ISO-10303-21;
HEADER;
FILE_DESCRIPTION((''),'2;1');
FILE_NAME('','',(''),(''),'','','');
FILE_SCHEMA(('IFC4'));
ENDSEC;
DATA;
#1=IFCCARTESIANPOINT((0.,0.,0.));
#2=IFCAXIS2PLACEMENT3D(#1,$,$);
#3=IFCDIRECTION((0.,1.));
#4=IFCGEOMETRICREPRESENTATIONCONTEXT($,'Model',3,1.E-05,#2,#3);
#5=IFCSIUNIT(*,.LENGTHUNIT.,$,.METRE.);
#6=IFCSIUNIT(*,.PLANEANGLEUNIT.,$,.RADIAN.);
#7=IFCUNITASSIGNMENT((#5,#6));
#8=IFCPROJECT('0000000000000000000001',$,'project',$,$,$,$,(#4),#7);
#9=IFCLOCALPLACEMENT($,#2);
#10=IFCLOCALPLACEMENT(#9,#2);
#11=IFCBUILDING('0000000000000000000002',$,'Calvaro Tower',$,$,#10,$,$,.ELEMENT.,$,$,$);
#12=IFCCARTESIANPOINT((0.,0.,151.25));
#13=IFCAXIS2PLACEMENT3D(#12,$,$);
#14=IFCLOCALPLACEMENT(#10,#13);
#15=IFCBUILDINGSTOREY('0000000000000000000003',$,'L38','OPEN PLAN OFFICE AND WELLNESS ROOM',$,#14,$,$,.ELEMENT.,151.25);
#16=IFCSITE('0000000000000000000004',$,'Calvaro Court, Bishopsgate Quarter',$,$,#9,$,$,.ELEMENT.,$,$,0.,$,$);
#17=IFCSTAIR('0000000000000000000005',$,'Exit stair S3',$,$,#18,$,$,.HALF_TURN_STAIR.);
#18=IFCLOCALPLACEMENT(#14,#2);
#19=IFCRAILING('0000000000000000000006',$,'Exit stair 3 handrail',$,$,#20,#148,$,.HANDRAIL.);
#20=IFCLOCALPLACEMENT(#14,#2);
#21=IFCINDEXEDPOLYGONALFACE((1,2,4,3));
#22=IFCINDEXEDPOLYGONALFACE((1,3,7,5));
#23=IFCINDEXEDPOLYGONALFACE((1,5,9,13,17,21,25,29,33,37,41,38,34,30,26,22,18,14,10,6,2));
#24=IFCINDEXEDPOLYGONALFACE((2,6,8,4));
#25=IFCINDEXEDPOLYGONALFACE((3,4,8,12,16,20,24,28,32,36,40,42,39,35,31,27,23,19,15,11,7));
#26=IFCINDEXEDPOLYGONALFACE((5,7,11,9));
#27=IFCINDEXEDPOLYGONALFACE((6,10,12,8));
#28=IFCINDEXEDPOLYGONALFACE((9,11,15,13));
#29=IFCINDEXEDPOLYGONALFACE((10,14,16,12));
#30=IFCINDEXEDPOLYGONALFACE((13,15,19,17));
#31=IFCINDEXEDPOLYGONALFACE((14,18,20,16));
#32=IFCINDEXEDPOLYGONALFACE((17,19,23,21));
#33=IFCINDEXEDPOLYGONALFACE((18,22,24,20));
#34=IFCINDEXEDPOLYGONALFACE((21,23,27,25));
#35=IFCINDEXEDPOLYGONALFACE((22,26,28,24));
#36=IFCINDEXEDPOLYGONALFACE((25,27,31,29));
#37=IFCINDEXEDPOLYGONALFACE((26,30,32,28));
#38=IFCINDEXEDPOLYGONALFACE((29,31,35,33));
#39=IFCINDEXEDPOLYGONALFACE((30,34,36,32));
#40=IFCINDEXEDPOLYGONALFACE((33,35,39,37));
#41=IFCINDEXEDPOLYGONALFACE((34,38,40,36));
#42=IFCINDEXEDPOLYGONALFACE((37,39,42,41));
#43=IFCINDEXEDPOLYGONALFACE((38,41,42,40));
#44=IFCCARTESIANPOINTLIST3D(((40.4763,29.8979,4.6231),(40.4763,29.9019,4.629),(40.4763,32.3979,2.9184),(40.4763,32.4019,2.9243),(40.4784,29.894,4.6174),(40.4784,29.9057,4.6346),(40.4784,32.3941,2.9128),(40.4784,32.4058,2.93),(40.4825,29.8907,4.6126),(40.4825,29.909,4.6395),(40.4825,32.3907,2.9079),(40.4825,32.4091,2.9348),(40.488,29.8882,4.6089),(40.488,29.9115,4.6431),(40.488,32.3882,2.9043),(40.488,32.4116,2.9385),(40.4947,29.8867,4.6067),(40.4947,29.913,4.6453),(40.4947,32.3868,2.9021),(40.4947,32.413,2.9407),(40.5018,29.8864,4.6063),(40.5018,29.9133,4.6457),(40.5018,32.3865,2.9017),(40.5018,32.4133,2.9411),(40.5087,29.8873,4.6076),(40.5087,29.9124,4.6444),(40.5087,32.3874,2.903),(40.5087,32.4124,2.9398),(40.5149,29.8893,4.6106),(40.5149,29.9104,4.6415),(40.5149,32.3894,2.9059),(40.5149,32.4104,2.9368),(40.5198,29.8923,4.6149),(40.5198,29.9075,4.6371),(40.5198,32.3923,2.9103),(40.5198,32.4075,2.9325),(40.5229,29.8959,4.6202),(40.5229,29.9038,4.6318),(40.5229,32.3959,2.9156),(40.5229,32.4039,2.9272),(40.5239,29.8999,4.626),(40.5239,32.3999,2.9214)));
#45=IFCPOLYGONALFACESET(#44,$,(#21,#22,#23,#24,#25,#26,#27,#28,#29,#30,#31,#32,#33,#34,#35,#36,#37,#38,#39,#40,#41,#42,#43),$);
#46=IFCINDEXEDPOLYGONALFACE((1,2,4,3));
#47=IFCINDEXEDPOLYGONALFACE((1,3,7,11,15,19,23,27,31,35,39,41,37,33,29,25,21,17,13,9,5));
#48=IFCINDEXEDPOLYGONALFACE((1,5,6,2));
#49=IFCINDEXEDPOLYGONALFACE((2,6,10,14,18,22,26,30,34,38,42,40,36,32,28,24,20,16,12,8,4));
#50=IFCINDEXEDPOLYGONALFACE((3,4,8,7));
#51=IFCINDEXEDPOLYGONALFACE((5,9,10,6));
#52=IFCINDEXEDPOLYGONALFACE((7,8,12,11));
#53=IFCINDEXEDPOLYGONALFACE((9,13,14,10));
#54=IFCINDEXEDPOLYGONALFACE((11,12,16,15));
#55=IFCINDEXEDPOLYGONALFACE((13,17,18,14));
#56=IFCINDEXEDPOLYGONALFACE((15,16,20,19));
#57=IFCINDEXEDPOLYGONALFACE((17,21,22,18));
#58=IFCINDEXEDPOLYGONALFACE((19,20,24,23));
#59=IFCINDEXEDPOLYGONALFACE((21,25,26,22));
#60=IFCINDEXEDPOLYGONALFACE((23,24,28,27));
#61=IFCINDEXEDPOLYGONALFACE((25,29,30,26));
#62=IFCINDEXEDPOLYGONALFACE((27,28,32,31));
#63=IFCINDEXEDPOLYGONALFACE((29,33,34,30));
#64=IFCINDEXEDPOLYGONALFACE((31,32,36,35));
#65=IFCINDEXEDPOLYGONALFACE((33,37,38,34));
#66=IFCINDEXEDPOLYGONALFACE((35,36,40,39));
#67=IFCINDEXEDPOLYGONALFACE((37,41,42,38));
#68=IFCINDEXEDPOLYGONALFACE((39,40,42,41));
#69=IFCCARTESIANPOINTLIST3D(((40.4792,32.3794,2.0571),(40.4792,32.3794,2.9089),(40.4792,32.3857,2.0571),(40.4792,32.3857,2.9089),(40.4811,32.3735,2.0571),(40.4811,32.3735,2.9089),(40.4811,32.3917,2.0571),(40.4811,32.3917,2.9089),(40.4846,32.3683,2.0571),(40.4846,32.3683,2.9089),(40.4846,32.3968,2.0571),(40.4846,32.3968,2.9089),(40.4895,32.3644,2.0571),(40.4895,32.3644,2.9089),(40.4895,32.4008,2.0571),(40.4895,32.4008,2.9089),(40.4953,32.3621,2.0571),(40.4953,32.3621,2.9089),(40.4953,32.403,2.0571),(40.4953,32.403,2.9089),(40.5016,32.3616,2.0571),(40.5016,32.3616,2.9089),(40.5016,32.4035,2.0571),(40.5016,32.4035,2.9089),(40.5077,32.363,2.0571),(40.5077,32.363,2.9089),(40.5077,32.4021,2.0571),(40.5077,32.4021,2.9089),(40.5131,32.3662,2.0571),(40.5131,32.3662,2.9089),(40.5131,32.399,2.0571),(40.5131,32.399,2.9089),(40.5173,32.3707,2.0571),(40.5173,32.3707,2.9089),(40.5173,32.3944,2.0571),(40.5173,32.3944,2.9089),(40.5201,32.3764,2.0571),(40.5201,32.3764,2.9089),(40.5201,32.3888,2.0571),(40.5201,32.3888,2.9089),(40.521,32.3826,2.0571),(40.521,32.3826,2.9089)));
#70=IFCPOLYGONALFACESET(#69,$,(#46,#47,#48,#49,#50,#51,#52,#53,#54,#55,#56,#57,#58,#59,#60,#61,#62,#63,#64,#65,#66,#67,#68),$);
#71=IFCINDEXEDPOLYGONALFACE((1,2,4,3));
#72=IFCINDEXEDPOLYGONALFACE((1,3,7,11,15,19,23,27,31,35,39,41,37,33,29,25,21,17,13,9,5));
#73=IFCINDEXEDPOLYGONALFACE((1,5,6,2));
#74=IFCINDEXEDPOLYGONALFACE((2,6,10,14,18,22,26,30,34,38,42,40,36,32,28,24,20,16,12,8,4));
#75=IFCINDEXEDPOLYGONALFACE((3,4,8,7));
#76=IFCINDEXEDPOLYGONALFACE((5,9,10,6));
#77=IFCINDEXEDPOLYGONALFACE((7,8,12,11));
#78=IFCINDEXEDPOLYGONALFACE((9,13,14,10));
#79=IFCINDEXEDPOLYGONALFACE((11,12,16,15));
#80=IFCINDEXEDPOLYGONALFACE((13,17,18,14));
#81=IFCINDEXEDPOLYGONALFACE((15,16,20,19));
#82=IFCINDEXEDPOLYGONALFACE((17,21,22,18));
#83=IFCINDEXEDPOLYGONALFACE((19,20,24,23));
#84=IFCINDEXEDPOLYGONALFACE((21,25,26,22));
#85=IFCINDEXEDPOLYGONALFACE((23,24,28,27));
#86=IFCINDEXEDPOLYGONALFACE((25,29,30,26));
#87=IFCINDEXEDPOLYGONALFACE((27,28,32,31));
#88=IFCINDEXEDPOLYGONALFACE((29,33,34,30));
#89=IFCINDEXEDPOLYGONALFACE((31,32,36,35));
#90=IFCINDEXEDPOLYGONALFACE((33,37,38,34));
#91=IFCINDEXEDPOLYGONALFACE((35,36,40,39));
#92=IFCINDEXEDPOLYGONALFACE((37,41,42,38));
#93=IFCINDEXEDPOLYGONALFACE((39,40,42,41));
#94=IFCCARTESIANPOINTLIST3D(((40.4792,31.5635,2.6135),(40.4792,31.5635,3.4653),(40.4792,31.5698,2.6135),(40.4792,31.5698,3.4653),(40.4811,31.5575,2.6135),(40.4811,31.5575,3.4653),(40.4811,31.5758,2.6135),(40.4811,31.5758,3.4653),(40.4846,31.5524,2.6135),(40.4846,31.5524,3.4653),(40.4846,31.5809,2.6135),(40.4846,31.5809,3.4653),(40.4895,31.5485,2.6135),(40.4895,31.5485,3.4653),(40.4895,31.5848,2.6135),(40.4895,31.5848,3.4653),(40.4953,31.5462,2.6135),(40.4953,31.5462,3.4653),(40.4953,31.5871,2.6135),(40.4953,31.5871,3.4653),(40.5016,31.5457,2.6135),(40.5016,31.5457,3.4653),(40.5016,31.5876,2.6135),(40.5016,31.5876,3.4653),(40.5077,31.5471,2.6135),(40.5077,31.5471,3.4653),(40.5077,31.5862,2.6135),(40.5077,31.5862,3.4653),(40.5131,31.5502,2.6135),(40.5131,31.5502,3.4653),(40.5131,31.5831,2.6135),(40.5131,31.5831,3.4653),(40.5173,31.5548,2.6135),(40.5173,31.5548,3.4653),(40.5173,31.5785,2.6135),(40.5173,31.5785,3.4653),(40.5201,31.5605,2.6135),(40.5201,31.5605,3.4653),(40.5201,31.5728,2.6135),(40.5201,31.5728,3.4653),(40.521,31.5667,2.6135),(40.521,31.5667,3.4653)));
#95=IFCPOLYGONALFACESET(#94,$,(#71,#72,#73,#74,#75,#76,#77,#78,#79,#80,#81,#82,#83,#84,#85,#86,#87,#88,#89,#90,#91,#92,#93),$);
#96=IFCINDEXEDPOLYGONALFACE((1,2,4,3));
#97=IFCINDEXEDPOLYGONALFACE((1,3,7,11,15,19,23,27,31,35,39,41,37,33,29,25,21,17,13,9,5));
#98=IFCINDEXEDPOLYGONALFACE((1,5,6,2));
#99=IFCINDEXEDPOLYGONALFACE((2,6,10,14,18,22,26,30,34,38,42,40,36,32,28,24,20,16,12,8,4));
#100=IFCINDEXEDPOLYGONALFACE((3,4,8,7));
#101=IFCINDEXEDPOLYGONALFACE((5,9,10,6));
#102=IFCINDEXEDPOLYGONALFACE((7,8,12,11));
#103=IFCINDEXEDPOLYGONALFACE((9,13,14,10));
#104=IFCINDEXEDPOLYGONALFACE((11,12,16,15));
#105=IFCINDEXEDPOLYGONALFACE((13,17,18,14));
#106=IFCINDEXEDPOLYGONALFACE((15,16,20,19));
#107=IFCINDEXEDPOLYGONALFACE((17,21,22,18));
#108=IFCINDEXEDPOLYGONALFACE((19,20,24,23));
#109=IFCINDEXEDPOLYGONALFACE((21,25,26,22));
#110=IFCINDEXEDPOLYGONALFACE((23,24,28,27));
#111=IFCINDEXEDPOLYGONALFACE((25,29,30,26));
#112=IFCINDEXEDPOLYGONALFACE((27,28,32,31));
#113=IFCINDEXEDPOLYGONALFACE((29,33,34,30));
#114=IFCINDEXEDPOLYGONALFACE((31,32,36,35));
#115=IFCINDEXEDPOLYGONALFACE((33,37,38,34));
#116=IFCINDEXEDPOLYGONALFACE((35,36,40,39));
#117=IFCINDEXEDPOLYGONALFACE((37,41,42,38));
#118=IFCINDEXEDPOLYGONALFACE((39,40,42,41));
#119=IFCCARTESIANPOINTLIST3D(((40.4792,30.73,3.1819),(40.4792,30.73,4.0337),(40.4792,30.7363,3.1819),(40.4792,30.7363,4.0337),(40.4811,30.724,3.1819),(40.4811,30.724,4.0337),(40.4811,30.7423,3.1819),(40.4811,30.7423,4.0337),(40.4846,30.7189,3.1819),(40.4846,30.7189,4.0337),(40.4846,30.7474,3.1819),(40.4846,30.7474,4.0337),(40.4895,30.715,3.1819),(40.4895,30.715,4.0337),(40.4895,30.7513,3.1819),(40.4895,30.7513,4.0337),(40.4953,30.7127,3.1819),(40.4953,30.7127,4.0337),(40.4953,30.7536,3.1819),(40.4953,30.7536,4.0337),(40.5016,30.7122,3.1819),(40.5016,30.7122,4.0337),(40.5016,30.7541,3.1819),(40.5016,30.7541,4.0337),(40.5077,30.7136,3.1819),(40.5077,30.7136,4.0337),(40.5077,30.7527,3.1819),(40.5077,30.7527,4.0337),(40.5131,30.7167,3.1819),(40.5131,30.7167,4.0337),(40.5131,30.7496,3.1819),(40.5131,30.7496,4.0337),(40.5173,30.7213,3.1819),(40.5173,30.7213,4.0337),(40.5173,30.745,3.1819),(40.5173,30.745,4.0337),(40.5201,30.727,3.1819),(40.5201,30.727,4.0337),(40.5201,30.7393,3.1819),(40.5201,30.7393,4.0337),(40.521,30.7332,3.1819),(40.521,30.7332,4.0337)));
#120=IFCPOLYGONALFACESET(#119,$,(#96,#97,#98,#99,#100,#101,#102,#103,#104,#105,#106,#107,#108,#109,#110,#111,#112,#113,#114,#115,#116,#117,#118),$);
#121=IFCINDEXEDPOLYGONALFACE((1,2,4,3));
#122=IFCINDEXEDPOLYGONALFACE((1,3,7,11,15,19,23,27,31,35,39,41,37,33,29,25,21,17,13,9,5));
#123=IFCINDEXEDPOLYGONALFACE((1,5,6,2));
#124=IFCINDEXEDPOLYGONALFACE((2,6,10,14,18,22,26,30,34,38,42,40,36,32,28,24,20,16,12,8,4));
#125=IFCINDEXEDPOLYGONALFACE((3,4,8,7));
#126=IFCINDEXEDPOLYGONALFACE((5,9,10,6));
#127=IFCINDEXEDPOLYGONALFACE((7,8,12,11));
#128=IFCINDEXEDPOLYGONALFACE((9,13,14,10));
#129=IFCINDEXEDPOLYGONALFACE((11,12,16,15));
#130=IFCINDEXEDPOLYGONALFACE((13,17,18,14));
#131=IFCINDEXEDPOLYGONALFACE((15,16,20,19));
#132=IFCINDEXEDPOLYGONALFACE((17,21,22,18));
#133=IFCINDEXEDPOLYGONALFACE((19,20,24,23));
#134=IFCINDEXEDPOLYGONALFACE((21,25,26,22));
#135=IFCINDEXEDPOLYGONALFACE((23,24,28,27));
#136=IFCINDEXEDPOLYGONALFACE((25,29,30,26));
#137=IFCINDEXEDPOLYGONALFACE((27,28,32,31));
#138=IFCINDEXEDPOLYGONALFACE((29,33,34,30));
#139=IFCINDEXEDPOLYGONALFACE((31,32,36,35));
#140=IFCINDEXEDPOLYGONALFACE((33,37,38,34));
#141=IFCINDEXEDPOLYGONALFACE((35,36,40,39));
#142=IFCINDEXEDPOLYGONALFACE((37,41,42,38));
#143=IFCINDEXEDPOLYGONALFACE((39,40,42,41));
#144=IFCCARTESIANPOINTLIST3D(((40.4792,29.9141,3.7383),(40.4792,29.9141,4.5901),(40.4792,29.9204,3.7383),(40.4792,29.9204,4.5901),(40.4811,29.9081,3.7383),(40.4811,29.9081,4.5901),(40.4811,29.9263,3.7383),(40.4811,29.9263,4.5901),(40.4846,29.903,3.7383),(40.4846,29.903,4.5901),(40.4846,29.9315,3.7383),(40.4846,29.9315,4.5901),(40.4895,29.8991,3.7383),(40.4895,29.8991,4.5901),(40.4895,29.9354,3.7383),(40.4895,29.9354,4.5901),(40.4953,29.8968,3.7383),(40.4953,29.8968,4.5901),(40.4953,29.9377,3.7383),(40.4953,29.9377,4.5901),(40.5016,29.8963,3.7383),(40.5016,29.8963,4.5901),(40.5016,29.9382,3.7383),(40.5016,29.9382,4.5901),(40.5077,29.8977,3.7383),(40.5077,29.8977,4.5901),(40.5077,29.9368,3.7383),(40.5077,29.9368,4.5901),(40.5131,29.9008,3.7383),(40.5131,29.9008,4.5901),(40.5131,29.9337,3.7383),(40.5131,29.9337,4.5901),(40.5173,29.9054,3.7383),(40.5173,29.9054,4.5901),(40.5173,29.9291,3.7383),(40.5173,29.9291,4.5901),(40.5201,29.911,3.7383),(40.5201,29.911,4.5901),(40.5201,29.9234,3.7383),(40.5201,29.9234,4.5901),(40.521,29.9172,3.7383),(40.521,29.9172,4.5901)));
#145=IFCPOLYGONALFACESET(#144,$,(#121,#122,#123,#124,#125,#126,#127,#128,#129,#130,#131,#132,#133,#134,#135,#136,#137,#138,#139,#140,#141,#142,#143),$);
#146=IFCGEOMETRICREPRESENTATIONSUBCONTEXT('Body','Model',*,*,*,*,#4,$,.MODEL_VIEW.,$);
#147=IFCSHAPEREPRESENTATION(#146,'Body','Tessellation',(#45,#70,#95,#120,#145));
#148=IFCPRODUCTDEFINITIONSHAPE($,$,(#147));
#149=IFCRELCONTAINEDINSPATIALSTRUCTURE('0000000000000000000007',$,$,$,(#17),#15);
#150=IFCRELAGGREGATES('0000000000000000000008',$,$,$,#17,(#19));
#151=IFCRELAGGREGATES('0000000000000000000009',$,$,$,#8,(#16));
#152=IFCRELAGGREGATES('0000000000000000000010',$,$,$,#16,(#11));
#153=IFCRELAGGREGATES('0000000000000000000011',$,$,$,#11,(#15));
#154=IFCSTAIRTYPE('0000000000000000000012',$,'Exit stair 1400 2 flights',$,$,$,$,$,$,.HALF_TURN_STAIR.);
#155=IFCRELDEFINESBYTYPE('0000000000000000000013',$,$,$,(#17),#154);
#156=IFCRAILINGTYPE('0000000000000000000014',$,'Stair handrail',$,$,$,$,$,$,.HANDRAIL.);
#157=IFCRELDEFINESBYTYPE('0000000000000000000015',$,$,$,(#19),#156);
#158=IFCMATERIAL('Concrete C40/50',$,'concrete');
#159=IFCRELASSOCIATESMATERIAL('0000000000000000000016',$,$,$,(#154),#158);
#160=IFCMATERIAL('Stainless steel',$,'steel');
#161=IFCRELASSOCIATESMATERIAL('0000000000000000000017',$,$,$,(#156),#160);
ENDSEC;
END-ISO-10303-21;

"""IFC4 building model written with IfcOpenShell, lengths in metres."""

from ifc_helpers import new_model, si_unit, direction, frame, origin, origin_2d, place, context, subcontext, project, spatial, circle, extrude, material, type_object, element, aggregate, save


model = new_model("IFC4")

# Units and contexts
model_context = context("Model", 3, precision=1e-05, world=origin(), true_north=direction((0.0, 1.0)))
body_context = subcontext(model_context, "Body", "Model", "MODEL_VIEW")
ifc_project = project(units=[si_unit("LENGTHUNIT", "METRE"), si_unit("PLANEANGLEUNIT", "RADIAN")], contexts=[model_context])

# Site, building, storey
site_placement = place(None, origin())
site = spatial("IfcSite", under=ifc_project, at=site_placement, Name="Calvaro Court, Bishopsgate Quarter", CompositionType="ELEMENT", RefElevation=0.0)
building_placement = place(site_placement, origin())
building = spatial("IfcBuilding", under=site, at=building_placement, Name="Calvaro Tower", CompositionType="ELEMENT")
storey_placement = place(building_placement, frame((0.0, 0.0, 151.25)))
storey = spatial("IfcBuildingStorey", under=building, at=storey_placement, Name="L38", Description="OPEN PLAN OFFICE AND WELLNESS ROOM", CompositionType="ELEMENT", Elevation=151.25)

# Stair
ifc_material_1 = material(Name="Concrete C40/50", Category="concrete")
stair_type = type_object("IfcStairType", Name="Exit stair 1400 2 flights", PredefinedType="HALF_TURN_STAIR", material=ifc_material_1)
stair_1_placement = place(storey_placement, origin())
stair_1 = element("IfcStair", 1, at=stair_1_placement, inside=storey, type_object=stair_type, Name="Exit stair S3", PredefinedType="HALF_TURN_STAIR")

# Railing
ifc_material_2 = material(Name="Stainless steel", Category="steel")
railing_type = type_object("IfcRailingType", Name="Stair handrail", PredefinedType="HANDRAIL", material=ifc_material_2)
railing_1_placement = place(storey_placement, frame((40.5, 32.3999, 2.0454)))
railing_1 = element("IfcRailing", 2, at=railing_1_placement, type_object=railing_type, Name="Exit stair 3 handrail", PredefinedType="HANDRAIL", context=body_context, shape_type="SweptSolid", body=[
    extrude(circle(Radius=0.0239, at=origin_2d()), frame((0.0, 0.0, 0.876), z_axis=(0.0, -0.826221, 0.563347), x_axis=(1.0, 0.0, 0.0)), (0.0, 0.0, 1.0), 3.0259),
    extrude(circle(Radius=0.021, at=origin_2d()), frame((0.0, -0.0173, 0.0117)), (0.0, 0.0, 1.0), 0.8518),
    extrude(circle(Radius=0.021, at=origin_2d()), frame((0.0, -0.8333, 0.5681)), (0.0, 0.0, 1.0), 0.8518),
    extrude(circle(Radius=0.021, at=origin_2d()), frame((0.0, -1.6667, 1.1365)), (0.0, 0.0, 1.0), 0.8518),
    extrude(circle(Radius=0.021, at=origin_2d()), frame((0.0, -2.4827, 1.6929)), (0.0, 0.0, 1.0), 0.8518),
])
aggregate(stair_1, [railing_1])

save(model, "model.ifc")
